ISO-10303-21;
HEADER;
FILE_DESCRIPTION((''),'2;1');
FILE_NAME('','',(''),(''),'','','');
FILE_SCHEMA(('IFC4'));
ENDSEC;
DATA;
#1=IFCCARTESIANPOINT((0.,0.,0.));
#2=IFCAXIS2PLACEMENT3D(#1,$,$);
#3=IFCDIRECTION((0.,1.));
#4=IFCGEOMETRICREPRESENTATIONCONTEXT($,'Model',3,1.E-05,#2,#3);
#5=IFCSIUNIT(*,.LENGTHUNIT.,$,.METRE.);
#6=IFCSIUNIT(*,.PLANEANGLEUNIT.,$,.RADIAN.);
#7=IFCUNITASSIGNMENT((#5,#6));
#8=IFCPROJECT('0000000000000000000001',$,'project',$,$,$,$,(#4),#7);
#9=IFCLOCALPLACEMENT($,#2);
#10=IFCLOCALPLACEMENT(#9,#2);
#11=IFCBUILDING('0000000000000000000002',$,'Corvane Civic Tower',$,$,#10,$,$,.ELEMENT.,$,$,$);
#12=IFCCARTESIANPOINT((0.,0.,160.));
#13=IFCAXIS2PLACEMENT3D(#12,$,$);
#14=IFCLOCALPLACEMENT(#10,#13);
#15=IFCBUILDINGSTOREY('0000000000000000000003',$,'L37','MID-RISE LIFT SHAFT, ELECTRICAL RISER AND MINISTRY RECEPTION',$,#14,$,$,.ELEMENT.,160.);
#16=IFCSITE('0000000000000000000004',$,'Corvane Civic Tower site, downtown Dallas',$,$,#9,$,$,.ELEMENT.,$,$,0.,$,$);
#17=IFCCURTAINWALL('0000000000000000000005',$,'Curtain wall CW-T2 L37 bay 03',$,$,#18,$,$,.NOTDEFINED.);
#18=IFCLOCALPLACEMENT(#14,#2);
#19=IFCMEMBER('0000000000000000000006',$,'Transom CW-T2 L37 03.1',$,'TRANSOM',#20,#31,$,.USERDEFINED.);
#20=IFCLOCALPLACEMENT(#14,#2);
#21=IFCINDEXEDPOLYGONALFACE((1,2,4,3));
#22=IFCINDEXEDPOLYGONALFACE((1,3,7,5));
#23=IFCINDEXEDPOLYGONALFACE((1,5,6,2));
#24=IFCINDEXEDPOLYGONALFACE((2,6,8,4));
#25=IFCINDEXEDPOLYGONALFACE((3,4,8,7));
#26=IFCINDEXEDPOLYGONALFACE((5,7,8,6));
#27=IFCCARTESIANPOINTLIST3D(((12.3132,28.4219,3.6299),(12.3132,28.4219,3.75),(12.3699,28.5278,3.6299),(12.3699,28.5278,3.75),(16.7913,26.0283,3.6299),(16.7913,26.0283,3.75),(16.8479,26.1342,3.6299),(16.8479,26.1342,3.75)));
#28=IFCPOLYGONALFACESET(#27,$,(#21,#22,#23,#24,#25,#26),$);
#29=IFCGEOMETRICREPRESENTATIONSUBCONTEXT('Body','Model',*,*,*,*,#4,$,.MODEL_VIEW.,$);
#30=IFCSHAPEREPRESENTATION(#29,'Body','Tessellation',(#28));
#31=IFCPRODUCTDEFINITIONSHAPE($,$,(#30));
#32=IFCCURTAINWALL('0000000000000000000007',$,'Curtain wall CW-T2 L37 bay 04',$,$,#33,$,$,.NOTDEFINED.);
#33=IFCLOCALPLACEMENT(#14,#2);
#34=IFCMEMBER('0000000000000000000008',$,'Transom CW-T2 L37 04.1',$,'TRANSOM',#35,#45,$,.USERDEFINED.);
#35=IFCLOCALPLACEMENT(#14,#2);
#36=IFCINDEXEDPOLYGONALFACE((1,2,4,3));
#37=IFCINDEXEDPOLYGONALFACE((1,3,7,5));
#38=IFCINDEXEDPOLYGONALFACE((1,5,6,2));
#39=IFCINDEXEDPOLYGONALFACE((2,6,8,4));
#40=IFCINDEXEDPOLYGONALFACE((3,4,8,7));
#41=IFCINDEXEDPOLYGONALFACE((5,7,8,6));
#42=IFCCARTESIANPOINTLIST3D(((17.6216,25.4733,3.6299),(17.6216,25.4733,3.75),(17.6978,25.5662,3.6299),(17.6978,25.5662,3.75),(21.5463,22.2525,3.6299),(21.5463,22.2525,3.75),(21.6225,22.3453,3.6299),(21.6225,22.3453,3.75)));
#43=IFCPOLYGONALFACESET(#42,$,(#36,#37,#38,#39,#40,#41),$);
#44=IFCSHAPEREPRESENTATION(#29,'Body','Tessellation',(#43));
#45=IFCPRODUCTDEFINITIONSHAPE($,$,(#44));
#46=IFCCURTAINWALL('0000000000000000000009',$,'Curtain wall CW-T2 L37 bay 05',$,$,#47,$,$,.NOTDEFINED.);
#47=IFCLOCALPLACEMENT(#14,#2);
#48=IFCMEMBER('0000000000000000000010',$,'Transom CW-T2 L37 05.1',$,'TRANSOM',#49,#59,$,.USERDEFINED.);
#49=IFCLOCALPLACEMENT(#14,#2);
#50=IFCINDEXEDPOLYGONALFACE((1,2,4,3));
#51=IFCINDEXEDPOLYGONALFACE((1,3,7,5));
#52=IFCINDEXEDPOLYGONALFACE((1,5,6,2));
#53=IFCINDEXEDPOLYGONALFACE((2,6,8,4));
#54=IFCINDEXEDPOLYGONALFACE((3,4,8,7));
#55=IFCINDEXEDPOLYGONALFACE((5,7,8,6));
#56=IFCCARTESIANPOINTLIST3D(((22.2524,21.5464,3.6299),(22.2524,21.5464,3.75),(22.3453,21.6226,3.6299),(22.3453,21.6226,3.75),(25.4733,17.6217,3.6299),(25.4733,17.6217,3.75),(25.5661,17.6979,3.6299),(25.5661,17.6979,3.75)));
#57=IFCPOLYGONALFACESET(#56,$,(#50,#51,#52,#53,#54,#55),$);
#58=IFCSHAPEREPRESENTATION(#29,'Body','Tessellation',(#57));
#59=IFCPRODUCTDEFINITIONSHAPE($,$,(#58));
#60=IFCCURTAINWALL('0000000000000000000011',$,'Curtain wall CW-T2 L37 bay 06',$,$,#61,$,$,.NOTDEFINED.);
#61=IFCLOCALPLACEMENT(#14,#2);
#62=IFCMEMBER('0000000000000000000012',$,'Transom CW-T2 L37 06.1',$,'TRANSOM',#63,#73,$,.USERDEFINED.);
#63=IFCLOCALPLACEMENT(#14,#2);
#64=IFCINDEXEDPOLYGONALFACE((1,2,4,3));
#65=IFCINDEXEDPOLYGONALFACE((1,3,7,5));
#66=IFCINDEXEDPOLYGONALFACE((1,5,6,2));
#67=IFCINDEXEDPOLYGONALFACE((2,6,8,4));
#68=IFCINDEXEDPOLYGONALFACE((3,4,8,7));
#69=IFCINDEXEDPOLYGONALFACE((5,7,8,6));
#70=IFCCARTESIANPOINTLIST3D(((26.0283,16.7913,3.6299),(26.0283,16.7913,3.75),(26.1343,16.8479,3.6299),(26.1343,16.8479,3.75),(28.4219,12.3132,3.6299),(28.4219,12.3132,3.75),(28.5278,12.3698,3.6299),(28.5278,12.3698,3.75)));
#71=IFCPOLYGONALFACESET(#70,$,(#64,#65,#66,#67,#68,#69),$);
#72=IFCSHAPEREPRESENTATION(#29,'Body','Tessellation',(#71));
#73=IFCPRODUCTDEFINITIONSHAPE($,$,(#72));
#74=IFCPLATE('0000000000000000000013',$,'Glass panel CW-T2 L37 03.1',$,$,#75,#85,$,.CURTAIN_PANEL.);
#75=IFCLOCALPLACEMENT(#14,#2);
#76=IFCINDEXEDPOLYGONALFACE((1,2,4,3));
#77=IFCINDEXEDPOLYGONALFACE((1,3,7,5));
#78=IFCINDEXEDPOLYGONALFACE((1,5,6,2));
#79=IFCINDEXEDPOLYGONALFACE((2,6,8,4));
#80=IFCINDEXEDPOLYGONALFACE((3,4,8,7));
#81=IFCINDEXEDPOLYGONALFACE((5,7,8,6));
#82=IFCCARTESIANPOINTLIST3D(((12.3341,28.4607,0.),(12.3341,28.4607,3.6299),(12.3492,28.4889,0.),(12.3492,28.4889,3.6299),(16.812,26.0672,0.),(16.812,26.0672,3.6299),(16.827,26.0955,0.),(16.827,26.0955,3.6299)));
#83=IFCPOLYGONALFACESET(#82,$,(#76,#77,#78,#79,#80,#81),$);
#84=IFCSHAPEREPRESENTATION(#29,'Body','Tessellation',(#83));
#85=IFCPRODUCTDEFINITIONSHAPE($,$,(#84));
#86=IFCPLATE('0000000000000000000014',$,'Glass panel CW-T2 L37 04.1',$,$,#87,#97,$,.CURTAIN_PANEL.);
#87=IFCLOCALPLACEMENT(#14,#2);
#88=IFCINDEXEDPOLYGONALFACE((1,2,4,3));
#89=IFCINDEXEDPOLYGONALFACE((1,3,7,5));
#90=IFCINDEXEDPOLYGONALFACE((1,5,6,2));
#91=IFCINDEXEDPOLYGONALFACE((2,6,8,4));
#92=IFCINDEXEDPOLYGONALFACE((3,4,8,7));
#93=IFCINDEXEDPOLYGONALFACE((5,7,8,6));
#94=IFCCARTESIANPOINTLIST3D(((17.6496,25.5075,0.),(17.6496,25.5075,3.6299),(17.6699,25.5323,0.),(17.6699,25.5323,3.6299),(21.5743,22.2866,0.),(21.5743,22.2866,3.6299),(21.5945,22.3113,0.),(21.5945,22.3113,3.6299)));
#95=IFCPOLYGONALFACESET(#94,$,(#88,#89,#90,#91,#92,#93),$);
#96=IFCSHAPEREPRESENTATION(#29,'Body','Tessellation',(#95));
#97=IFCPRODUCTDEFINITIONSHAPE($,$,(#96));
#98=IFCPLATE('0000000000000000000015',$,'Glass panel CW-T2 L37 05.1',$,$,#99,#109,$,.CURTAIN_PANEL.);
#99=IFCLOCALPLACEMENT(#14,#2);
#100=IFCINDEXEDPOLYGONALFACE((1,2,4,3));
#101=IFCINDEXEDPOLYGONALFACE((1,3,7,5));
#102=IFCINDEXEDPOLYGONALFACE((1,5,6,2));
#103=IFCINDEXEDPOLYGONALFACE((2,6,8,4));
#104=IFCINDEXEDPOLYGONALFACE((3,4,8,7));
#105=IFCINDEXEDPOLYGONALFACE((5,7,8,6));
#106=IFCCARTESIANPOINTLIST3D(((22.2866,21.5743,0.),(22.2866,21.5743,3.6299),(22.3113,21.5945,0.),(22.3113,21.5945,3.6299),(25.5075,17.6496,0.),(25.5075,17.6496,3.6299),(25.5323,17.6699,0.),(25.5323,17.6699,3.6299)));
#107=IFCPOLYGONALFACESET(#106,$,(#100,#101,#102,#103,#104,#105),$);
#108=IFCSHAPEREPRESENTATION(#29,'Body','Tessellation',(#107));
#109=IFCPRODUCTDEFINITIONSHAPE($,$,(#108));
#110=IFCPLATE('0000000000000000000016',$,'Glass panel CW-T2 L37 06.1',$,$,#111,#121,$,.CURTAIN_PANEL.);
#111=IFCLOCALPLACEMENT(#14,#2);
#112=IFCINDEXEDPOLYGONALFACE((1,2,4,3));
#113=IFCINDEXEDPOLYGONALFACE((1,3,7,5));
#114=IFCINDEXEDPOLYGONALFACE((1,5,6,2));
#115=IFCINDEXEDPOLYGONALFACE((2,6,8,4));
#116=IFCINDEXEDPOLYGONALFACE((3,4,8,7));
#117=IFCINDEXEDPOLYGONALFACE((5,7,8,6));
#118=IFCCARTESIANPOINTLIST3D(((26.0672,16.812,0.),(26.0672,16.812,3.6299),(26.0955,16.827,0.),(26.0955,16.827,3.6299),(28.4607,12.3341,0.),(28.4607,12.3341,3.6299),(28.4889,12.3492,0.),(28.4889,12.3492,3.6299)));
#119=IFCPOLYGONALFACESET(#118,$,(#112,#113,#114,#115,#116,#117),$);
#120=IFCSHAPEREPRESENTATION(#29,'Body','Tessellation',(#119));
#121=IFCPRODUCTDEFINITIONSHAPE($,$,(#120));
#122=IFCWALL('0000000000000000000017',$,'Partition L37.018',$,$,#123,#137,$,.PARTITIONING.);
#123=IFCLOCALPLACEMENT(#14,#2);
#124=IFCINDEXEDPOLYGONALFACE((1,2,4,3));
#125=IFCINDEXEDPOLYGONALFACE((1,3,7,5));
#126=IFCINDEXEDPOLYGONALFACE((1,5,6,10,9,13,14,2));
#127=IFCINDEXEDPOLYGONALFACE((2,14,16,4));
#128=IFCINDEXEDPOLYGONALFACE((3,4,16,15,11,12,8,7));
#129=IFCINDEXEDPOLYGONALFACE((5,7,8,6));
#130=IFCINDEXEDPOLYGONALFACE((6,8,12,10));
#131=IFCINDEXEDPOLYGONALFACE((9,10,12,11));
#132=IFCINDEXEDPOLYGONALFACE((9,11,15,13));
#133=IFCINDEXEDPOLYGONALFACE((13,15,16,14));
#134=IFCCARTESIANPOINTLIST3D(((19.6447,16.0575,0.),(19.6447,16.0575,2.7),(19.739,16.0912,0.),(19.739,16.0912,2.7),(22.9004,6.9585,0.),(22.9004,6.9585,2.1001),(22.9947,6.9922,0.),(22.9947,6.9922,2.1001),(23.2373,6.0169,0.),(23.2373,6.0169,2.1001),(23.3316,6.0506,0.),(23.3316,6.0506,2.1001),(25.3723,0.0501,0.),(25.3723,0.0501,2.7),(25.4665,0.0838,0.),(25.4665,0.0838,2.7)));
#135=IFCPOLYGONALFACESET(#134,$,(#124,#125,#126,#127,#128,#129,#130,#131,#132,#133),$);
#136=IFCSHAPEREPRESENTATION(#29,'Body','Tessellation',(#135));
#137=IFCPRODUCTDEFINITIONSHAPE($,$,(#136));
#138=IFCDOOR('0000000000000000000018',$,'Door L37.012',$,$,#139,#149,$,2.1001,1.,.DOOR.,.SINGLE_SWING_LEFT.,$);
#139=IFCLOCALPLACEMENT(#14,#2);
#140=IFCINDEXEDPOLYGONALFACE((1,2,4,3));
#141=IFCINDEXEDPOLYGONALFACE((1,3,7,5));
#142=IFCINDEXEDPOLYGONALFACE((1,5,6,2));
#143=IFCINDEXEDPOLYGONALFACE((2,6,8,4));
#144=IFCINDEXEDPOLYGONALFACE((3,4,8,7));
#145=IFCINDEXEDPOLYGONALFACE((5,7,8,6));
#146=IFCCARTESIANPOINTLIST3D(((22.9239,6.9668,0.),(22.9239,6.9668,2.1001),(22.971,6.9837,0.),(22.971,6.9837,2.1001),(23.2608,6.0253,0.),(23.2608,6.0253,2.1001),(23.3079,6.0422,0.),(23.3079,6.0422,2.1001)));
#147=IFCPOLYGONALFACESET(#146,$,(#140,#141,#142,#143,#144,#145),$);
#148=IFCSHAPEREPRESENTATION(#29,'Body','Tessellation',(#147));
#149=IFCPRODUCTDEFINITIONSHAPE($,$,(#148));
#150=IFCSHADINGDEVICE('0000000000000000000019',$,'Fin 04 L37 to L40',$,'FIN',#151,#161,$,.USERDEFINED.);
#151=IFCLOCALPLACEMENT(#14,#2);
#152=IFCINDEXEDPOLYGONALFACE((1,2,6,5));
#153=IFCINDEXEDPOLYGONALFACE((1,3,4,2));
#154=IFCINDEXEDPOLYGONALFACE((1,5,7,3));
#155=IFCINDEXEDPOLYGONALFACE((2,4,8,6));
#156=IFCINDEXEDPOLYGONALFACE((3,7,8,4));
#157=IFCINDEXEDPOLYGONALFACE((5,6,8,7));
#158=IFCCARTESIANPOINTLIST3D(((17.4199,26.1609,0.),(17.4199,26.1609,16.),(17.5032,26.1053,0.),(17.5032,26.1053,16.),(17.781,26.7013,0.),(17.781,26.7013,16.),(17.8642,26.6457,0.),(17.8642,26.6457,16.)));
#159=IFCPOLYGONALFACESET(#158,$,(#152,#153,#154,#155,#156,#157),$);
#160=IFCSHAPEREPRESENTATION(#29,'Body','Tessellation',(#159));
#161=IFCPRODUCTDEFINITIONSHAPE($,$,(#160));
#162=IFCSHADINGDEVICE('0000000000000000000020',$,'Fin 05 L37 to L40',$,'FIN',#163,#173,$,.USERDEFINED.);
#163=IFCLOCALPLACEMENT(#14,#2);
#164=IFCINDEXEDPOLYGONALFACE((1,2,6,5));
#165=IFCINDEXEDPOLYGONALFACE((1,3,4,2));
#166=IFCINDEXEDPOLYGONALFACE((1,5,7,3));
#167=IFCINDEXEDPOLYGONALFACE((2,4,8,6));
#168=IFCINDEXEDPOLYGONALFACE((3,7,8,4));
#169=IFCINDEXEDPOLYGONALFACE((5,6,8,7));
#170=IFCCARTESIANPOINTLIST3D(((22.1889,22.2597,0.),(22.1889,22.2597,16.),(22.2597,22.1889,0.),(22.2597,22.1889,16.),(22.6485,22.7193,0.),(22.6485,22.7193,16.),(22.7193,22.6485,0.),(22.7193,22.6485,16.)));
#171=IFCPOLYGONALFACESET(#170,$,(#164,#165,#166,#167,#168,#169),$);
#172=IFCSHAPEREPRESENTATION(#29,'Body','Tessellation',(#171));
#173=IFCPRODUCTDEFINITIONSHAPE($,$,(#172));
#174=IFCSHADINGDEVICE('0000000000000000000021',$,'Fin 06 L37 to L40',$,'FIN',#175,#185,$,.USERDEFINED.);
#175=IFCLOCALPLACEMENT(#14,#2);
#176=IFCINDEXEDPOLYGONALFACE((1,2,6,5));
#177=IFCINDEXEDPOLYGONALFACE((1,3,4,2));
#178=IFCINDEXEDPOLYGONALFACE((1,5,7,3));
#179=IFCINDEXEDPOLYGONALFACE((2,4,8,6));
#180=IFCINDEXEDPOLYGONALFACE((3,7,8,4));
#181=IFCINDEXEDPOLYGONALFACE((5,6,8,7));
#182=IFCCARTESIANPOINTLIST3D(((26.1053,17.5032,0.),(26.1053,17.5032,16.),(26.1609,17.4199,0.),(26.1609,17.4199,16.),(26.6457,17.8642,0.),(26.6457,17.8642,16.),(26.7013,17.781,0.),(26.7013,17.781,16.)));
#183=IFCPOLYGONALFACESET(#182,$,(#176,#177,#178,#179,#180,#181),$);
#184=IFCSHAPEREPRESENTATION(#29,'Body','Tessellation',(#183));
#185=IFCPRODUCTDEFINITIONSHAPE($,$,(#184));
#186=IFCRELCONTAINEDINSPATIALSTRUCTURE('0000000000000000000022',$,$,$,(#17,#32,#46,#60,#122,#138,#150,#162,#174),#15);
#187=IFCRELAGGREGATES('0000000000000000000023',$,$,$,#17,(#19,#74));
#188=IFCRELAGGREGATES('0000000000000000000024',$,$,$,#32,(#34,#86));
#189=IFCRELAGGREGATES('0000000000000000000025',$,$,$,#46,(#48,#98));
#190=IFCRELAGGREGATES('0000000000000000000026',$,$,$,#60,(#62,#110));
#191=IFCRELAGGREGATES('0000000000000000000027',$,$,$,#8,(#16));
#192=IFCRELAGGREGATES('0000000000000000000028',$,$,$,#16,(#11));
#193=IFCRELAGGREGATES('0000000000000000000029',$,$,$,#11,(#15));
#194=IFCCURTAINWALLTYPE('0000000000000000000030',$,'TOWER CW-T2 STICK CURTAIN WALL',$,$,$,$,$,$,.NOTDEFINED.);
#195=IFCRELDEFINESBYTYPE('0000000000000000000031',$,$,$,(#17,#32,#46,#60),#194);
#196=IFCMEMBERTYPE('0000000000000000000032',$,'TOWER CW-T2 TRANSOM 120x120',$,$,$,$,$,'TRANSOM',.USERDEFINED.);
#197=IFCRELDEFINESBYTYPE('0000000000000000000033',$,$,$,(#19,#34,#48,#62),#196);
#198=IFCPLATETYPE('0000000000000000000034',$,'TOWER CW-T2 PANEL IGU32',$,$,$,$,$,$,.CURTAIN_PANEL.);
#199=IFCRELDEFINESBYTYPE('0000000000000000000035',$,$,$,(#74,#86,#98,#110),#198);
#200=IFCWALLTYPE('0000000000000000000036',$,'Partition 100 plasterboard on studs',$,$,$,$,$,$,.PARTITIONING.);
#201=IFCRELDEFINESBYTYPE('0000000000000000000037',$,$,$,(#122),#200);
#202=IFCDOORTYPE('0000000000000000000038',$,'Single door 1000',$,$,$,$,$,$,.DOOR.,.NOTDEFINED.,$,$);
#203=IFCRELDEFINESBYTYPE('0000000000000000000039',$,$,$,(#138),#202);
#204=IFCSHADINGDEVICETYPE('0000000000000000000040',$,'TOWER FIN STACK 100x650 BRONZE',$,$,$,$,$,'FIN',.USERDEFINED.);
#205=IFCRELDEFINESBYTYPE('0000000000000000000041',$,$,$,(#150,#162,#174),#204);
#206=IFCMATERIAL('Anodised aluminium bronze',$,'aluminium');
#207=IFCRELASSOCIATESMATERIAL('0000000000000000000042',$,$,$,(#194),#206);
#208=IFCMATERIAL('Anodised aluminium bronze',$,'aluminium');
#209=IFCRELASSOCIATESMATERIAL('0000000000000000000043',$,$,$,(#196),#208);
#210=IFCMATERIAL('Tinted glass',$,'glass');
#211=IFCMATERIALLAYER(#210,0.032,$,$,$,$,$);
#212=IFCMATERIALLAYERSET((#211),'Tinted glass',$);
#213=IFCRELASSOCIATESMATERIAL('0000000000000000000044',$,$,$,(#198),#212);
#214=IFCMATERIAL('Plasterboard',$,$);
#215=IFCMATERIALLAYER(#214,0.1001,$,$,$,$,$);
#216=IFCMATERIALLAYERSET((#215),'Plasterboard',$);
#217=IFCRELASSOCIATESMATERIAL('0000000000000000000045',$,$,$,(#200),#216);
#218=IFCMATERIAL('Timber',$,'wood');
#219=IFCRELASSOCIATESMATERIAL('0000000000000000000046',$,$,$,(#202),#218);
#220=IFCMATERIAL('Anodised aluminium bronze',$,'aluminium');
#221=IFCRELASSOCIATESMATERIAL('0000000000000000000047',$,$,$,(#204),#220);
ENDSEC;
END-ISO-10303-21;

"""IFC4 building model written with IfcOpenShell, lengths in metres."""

from ifc_helpers import new_model, si_unit, direction, frame, frame_2d, origin, origin_2d, place, context, subcontext, project, spatial, rectangle, extrude, material, layer, layer_set, material_profile, profile_set, type_object, element, fill, aggregate, save


model = new_model("IFC4")

# Units and contexts
model_context = context("Model", 3, precision=1e-05, world=origin(), true_north=direction((0.0, 1.0)))
body_context = subcontext(model_context, "Body", "Model", "MODEL_VIEW")
ifc_project = project(units=[si_unit("LENGTHUNIT", "METRE"), si_unit("PLANEANGLEUNIT", "RADIAN")], contexts=[model_context])

# Site, building, storey
site_placement = place(None, origin())
site = spatial("IfcSite", under=ifc_project, at=site_placement, Name="Corvane Civic Tower site, downtown Dallas", CompositionType="ELEMENT", RefElevation=0.0)
building_placement = place(site_placement, origin())
building = spatial("IfcBuilding", under=site, at=building_placement, Name="Corvane Civic Tower", CompositionType="ELEMENT")
storey_placement = place(building_placement, frame((0.0, 0.0, 160.0)))
storey = spatial("IfcBuildingStorey", under=building, at=storey_placement, Name="L37", Description="MID-RISE LIFT SHAFT, ELECTRICAL RISER AND MINISTRY RECEPTION", CompositionType="ELEMENT", Elevation=160.0)

# Curtain walls, members
ifc_material_1 = material(Name="Anodised aluminium bronze", Category="aluminium")
curtain_wall_type = type_object("IfcCurtainWallType", Name="TOWER CW-T2 STICK CURTAIN WALL", PredefinedType="NOTDEFINED", material=ifc_material_1)
curtain_wall_1_placement = place(storey_placement, origin())
curtain_wall_1 = element("IfcCurtainWall", 1, at=curtain_wall_1_placement, inside=storey, type_object=curtain_wall_type, Name="Curtain wall CW-T2 L37 bay 03", PredefinedType="NOTDEFINED")
ifc_material_2 = material(Name="Anodised aluminium bronze", Category="aluminium")
ifc_material_profile_1 = material_profile(ifc_material_2, rectangle(XDim=0.1201, YDim=0.1201, at=origin_2d()), Name="TOWER CW-T2 TRANSOM 120x120")
ifc_profile_set_1 = profile_set([ifc_material_profile_1], Name="Anodised aluminium bronze")
member_type = type_object("IfcMemberType", Name="TOWER CW-T2 TRANSOM 120x120", ElementType="TRANSOM", PredefinedType="USERDEFINED", material=ifc_profile_set_1)
member_1_placement = place(storey_placement, frame((12.3416, 28.4749, 3.6899), z_axis=(0.881921, -0.471397, 0.0), x_axis=(0.471397, 0.881921, 0.0)))
member_1 = element("IfcMember", 2, at=member_1_placement, type_object=member_type, Name="Transom CW-T2 L37 03.1", ObjectType="TRANSOM", PredefinedType="USERDEFINED", context=body_context, shape_type="SweptSolid", body=[
    extrude(rectangle(XDim=0.1201, YDim=0.1201, at=origin_2d()), origin(), (0.0, 0.0, 1.0), 5.0776),
])
curtain_wall_2_placement = place(storey_placement, origin())
curtain_wall_2 = element("IfcCurtainWall", 3, at=curtain_wall_2_placement, inside=storey, type_object=curtain_wall_type, Name="Curtain wall CW-T2 L37 bay 04", PredefinedType="NOTDEFINED")
member_2_placement = place(storey_placement, frame((17.6597, 25.5198, 3.6899), z_axis=(0.773016, -0.634387, 0.0), x_axis=(0.634387, 0.773016, 0.0)))
member_2 = element("IfcMember", 4, at=member_2_placement, type_object=member_type, Name="Transom CW-T2 L37 04.1", ObjectType="TRANSOM", PredefinedType="USERDEFINED", context=body_context, shape_type="SweptSolid", body=[
    extrude(rectangle(XDim=0.1201, YDim=0.1201, at=origin_2d()), origin(), (0.0, 0.0, 1.0), 5.0771),
])
curtain_wall_3_placement = place(storey_placement, origin())
curtain_wall_3 = element("IfcCurtainWall", 5, at=curtain_wall_3_placement, inside=storey, type_object=curtain_wall_type, Name="Curtain wall CW-T2 L37 bay 05", PredefinedType="NOTDEFINED")
member_3_placement = place(storey_placement, frame((22.2988, 21.5845, 3.6899), z_axis=(0.634387, -0.773016, 0.0), x_axis=(0.773016, 0.634387, 0.0)))
member_3 = element("IfcMember", 6, at=member_3_placement, type_object=member_type, Name="Transom CW-T2 L37 05.1", ObjectType="TRANSOM", PredefinedType="USERDEFINED", context=body_context, shape_type="SweptSolid", body=[
    extrude(rectangle(XDim=0.1201, YDim=0.1201, at=origin_2d()), origin(), (0.0, 0.0, 1.0), 5.0771),
])
curtain_wall_4_placement = place(storey_placement, origin())
curtain_wall_4 = element("IfcCurtainWall", 7, at=curtain_wall_4_placement, inside=storey, type_object=curtain_wall_type, Name="Curtain wall CW-T2 L37 bay 06", PredefinedType="NOTDEFINED")
member_4_placement = place(storey_placement, frame((26.0813, 16.8196, 3.6899), z_axis=(0.471397, -0.881921, 0.0), x_axis=(0.881921, 0.471397, 0.0)))
member_4 = element("IfcMember", 8, at=member_4_placement, type_object=member_type, Name="Transom CW-T2 L37 06.1", ObjectType="TRANSOM", PredefinedType="USERDEFINED", context=body_context, shape_type="SweptSolid", body=[
    extrude(rectangle(XDim=0.1201, YDim=0.1201, at=origin_2d()), origin(), (0.0, 0.0, 1.0), 5.0776),
])

# Plates
ifc_material_3 = material(Name="Tinted glass", Category="glass")
ifc_layer_1 = layer(ifc_material_3, 0.032)
ifc_layer_set_1 = layer_set([ifc_layer_1], Name="Tinted glass")
plate_type = type_object("IfcPlateType", Name="TOWER CW-T2 PANEL IGU32", PredefinedType="CURTAIN_PANEL", material=ifc_layer_set_1)
plate_1_placement = place(storey_placement, frame((14.5806, 27.2781, 0.0), z_axis=(0.0, 0.0, 1.0), x_axis=(0.881922, -0.471395, 0.0)))
plate_1 = element("IfcPlate", 9, at=plate_1_placement, type_object=plate_type, Name="Glass panel CW-T2 L37 03.1", PredefinedType="CURTAIN_PANEL", context=body_context, shape_type="SweptSolid", body=[
    extrude(rectangle(XDim=5.0774, YDim=0.032, at=origin_2d()), origin(), (0.0, 0.0, 1.0), 3.6299),
])
aggregate(curtain_wall_1, [member_1, plate_1])
plate_2_placement = place(storey_placement, frame((19.6221, 23.9094, 0.0), z_axis=(0.0, 0.0, 1.0), x_axis=(0.773005, -0.6344, 0.0)))
plate_2 = element("IfcPlate", 10, at=plate_2_placement, type_object=plate_type, Name="Glass panel CW-T2 L37 04.1", PredefinedType="CURTAIN_PANEL", context=body_context, shape_type="SweptSolid", body=[
    extrude(rectangle(XDim=5.0771, YDim=0.032, at=origin_2d()), origin(), (0.0, 0.0, 1.0), 3.6299),
])
aggregate(curtain_wall_2, [member_2, plate_2])
plate_3_placement = place(storey_placement, frame((23.9094, 19.6221, 0.0), z_axis=(0.0, 0.0, 1.0), x_axis=(0.6344, -0.773005, 0.0)))
plate_3 = element("IfcPlate", 11, at=plate_3_placement, type_object=plate_type, Name="Glass panel CW-T2 L37 05.1", PredefinedType="CURTAIN_PANEL", context=body_context, shape_type="SweptSolid", body=[
    extrude(rectangle(XDim=5.0771, YDim=0.032, at=origin_2d()), origin(), (0.0, 0.0, 1.0), 3.6299),
])
aggregate(curtain_wall_3, [member_3, plate_3])
plate_4_placement = place(storey_placement, frame((27.2781, 14.5806, 0.0), z_axis=(0.0, 0.0, 1.0), x_axis=(0.471395, -0.881922, 0.0)))
plate_4 = element("IfcPlate", 12, at=plate_4_placement, type_object=plate_type, Name="Glass panel CW-T2 L37 06.1", PredefinedType="CURTAIN_PANEL", context=body_context, shape_type="SweptSolid", body=[
    extrude(rectangle(XDim=5.0774, YDim=0.032, at=origin_2d()), origin(), (0.0, 0.0, 1.0), 3.6299),
])
aggregate(curtain_wall_4, [member_4, plate_4])

# Wall, opening, door
ifc_material_4 = material(Name="Plasterboard")
ifc_layer_2 = layer(ifc_material_4, 0.1001)
ifc_layer_set_2 = layer_set([ifc_layer_2], Name="Plasterboard")
wall_type = type_object("IfcWallType", Name="Partition 100 plasterboard on studs", PredefinedType="PARTITIONING", material=ifc_layer_set_2)
wall_placement = place(storey_placement, frame((19.6919, 16.0742, 0.0), z_axis=(0.0, 0.0, 1.0), x_axis=(0.336891, -0.941544, 0.0)))
wall = element("IfcWall", 13, at=wall_placement, inside=storey, type_object=wall_type, Name="Partition L37.018", PredefinedType="PARTITIONING", context=body_context, shape_type="SweptSolid", body=[
    extrude(rectangle(XDim=17.0012, YDim=0.1001, at=frame_2d((8.5005, 0.0))), origin(), (0.0, 0.0, 1.0), 2.7),
])
opening_placement = place(wall_placement, frame((9.6638, 0.0, 0.0)))
opening = element("IfcOpeningElement", 14, at=opening_placement, cuts=wall, PredefinedType="OPENING", context=body_context, shape_type="SweptSolid", body=[
    extrude(rectangle(XDim=1.0, YDim=2.1001, at=frame_2d((0.5, 1.05))), frame((0.0, 0.0601, 0.0), z_axis=(0.0, -1.0, 0.0), x_axis=(1.0, 0.0, 0.0)), (0.0, 0.0, 1.0), 0.1201),
])
ifc_material_5 = material(Name="Timber", Category="wood")
door_type = type_object("IfcDoorType", Name="Single door 1000", OperationType="NOTDEFINED", PredefinedType="DOOR", material=ifc_material_5)
door_placement = place(opening_placement, origin())
door = element("IfcDoor", 15, at=door_placement, inside=storey, type_object=door_type, Name="Door L37.012", OperationType="SINGLE_SWING_LEFT", OverallHeight=2.1001, OverallWidth=1.0, PredefinedType="DOOR", context=body_context, shape_type="SweptSolid", body=[
    extrude(rectangle(XDim=1.0, YDim=2.1001, at=frame_2d((0.5, 1.05))), frame((0.0, 0.0249, 0.0), z_axis=(0.0, -1.0, 0.0), x_axis=(1.0, 0.0, 0.0)), (0.0, 0.0, 1.0), 0.05),
])
fill(opening, door)

# Shading devices
ifc_material_6 = material(Name="Anodised aluminium bronze", Category="aluminium")
ifc_material_profile_2 = material_profile(ifc_material_6, rectangle(XDim=0.1001, YDim=0.6499, at=origin_2d()), Name="TOWER FIN STACK 100x650 BRONZE")
ifc_profile_set_2 = profile_set([ifc_material_profile_2], Name="Anodised aluminium bronze")
shading_device_type = type_object("IfcShadingDeviceType", Name="TOWER FIN STACK 100x650 BRONZE", ElementType="FIN", PredefinedType="USERDEFINED", material=ifc_profile_set_2)
for number, where, z_axis, x_axis, name in (
    (16, (17.6421, 26.4033, 0.0), (0.0, 0.0, 1.0), (0.83147, -0.55557, 0.0), "Fin 04 L37 to L40"),
    (17, (22.4541, 22.4541, 0.0), (0.0, 0.0, 1.0), (0.707107, -0.707107, 0.0), "Fin 05 L37 to L40"),
    (18, (26.4033, 17.6421, 0.0), (0.0, 0.0, 1.0), (0.55557, -0.83147, 0.0), "Fin 06 L37 to L40"),
):
    element("IfcShadingDevice", number, at=place(storey_placement, frame(where, z_axis=z_axis, x_axis=x_axis)), inside=storey, type_object=shading_device_type, Name=name, ObjectType="FIN", PredefinedType="USERDEFINED", context=body_context, shape_type="SweptSolid", body=[
        extrude(rectangle(XDim=0.1001, YDim=0.6499, at=origin_2d()), origin(), (0.0, 0.0, 1.0), 16.0),
    ])

save(model, "model.ifc")
